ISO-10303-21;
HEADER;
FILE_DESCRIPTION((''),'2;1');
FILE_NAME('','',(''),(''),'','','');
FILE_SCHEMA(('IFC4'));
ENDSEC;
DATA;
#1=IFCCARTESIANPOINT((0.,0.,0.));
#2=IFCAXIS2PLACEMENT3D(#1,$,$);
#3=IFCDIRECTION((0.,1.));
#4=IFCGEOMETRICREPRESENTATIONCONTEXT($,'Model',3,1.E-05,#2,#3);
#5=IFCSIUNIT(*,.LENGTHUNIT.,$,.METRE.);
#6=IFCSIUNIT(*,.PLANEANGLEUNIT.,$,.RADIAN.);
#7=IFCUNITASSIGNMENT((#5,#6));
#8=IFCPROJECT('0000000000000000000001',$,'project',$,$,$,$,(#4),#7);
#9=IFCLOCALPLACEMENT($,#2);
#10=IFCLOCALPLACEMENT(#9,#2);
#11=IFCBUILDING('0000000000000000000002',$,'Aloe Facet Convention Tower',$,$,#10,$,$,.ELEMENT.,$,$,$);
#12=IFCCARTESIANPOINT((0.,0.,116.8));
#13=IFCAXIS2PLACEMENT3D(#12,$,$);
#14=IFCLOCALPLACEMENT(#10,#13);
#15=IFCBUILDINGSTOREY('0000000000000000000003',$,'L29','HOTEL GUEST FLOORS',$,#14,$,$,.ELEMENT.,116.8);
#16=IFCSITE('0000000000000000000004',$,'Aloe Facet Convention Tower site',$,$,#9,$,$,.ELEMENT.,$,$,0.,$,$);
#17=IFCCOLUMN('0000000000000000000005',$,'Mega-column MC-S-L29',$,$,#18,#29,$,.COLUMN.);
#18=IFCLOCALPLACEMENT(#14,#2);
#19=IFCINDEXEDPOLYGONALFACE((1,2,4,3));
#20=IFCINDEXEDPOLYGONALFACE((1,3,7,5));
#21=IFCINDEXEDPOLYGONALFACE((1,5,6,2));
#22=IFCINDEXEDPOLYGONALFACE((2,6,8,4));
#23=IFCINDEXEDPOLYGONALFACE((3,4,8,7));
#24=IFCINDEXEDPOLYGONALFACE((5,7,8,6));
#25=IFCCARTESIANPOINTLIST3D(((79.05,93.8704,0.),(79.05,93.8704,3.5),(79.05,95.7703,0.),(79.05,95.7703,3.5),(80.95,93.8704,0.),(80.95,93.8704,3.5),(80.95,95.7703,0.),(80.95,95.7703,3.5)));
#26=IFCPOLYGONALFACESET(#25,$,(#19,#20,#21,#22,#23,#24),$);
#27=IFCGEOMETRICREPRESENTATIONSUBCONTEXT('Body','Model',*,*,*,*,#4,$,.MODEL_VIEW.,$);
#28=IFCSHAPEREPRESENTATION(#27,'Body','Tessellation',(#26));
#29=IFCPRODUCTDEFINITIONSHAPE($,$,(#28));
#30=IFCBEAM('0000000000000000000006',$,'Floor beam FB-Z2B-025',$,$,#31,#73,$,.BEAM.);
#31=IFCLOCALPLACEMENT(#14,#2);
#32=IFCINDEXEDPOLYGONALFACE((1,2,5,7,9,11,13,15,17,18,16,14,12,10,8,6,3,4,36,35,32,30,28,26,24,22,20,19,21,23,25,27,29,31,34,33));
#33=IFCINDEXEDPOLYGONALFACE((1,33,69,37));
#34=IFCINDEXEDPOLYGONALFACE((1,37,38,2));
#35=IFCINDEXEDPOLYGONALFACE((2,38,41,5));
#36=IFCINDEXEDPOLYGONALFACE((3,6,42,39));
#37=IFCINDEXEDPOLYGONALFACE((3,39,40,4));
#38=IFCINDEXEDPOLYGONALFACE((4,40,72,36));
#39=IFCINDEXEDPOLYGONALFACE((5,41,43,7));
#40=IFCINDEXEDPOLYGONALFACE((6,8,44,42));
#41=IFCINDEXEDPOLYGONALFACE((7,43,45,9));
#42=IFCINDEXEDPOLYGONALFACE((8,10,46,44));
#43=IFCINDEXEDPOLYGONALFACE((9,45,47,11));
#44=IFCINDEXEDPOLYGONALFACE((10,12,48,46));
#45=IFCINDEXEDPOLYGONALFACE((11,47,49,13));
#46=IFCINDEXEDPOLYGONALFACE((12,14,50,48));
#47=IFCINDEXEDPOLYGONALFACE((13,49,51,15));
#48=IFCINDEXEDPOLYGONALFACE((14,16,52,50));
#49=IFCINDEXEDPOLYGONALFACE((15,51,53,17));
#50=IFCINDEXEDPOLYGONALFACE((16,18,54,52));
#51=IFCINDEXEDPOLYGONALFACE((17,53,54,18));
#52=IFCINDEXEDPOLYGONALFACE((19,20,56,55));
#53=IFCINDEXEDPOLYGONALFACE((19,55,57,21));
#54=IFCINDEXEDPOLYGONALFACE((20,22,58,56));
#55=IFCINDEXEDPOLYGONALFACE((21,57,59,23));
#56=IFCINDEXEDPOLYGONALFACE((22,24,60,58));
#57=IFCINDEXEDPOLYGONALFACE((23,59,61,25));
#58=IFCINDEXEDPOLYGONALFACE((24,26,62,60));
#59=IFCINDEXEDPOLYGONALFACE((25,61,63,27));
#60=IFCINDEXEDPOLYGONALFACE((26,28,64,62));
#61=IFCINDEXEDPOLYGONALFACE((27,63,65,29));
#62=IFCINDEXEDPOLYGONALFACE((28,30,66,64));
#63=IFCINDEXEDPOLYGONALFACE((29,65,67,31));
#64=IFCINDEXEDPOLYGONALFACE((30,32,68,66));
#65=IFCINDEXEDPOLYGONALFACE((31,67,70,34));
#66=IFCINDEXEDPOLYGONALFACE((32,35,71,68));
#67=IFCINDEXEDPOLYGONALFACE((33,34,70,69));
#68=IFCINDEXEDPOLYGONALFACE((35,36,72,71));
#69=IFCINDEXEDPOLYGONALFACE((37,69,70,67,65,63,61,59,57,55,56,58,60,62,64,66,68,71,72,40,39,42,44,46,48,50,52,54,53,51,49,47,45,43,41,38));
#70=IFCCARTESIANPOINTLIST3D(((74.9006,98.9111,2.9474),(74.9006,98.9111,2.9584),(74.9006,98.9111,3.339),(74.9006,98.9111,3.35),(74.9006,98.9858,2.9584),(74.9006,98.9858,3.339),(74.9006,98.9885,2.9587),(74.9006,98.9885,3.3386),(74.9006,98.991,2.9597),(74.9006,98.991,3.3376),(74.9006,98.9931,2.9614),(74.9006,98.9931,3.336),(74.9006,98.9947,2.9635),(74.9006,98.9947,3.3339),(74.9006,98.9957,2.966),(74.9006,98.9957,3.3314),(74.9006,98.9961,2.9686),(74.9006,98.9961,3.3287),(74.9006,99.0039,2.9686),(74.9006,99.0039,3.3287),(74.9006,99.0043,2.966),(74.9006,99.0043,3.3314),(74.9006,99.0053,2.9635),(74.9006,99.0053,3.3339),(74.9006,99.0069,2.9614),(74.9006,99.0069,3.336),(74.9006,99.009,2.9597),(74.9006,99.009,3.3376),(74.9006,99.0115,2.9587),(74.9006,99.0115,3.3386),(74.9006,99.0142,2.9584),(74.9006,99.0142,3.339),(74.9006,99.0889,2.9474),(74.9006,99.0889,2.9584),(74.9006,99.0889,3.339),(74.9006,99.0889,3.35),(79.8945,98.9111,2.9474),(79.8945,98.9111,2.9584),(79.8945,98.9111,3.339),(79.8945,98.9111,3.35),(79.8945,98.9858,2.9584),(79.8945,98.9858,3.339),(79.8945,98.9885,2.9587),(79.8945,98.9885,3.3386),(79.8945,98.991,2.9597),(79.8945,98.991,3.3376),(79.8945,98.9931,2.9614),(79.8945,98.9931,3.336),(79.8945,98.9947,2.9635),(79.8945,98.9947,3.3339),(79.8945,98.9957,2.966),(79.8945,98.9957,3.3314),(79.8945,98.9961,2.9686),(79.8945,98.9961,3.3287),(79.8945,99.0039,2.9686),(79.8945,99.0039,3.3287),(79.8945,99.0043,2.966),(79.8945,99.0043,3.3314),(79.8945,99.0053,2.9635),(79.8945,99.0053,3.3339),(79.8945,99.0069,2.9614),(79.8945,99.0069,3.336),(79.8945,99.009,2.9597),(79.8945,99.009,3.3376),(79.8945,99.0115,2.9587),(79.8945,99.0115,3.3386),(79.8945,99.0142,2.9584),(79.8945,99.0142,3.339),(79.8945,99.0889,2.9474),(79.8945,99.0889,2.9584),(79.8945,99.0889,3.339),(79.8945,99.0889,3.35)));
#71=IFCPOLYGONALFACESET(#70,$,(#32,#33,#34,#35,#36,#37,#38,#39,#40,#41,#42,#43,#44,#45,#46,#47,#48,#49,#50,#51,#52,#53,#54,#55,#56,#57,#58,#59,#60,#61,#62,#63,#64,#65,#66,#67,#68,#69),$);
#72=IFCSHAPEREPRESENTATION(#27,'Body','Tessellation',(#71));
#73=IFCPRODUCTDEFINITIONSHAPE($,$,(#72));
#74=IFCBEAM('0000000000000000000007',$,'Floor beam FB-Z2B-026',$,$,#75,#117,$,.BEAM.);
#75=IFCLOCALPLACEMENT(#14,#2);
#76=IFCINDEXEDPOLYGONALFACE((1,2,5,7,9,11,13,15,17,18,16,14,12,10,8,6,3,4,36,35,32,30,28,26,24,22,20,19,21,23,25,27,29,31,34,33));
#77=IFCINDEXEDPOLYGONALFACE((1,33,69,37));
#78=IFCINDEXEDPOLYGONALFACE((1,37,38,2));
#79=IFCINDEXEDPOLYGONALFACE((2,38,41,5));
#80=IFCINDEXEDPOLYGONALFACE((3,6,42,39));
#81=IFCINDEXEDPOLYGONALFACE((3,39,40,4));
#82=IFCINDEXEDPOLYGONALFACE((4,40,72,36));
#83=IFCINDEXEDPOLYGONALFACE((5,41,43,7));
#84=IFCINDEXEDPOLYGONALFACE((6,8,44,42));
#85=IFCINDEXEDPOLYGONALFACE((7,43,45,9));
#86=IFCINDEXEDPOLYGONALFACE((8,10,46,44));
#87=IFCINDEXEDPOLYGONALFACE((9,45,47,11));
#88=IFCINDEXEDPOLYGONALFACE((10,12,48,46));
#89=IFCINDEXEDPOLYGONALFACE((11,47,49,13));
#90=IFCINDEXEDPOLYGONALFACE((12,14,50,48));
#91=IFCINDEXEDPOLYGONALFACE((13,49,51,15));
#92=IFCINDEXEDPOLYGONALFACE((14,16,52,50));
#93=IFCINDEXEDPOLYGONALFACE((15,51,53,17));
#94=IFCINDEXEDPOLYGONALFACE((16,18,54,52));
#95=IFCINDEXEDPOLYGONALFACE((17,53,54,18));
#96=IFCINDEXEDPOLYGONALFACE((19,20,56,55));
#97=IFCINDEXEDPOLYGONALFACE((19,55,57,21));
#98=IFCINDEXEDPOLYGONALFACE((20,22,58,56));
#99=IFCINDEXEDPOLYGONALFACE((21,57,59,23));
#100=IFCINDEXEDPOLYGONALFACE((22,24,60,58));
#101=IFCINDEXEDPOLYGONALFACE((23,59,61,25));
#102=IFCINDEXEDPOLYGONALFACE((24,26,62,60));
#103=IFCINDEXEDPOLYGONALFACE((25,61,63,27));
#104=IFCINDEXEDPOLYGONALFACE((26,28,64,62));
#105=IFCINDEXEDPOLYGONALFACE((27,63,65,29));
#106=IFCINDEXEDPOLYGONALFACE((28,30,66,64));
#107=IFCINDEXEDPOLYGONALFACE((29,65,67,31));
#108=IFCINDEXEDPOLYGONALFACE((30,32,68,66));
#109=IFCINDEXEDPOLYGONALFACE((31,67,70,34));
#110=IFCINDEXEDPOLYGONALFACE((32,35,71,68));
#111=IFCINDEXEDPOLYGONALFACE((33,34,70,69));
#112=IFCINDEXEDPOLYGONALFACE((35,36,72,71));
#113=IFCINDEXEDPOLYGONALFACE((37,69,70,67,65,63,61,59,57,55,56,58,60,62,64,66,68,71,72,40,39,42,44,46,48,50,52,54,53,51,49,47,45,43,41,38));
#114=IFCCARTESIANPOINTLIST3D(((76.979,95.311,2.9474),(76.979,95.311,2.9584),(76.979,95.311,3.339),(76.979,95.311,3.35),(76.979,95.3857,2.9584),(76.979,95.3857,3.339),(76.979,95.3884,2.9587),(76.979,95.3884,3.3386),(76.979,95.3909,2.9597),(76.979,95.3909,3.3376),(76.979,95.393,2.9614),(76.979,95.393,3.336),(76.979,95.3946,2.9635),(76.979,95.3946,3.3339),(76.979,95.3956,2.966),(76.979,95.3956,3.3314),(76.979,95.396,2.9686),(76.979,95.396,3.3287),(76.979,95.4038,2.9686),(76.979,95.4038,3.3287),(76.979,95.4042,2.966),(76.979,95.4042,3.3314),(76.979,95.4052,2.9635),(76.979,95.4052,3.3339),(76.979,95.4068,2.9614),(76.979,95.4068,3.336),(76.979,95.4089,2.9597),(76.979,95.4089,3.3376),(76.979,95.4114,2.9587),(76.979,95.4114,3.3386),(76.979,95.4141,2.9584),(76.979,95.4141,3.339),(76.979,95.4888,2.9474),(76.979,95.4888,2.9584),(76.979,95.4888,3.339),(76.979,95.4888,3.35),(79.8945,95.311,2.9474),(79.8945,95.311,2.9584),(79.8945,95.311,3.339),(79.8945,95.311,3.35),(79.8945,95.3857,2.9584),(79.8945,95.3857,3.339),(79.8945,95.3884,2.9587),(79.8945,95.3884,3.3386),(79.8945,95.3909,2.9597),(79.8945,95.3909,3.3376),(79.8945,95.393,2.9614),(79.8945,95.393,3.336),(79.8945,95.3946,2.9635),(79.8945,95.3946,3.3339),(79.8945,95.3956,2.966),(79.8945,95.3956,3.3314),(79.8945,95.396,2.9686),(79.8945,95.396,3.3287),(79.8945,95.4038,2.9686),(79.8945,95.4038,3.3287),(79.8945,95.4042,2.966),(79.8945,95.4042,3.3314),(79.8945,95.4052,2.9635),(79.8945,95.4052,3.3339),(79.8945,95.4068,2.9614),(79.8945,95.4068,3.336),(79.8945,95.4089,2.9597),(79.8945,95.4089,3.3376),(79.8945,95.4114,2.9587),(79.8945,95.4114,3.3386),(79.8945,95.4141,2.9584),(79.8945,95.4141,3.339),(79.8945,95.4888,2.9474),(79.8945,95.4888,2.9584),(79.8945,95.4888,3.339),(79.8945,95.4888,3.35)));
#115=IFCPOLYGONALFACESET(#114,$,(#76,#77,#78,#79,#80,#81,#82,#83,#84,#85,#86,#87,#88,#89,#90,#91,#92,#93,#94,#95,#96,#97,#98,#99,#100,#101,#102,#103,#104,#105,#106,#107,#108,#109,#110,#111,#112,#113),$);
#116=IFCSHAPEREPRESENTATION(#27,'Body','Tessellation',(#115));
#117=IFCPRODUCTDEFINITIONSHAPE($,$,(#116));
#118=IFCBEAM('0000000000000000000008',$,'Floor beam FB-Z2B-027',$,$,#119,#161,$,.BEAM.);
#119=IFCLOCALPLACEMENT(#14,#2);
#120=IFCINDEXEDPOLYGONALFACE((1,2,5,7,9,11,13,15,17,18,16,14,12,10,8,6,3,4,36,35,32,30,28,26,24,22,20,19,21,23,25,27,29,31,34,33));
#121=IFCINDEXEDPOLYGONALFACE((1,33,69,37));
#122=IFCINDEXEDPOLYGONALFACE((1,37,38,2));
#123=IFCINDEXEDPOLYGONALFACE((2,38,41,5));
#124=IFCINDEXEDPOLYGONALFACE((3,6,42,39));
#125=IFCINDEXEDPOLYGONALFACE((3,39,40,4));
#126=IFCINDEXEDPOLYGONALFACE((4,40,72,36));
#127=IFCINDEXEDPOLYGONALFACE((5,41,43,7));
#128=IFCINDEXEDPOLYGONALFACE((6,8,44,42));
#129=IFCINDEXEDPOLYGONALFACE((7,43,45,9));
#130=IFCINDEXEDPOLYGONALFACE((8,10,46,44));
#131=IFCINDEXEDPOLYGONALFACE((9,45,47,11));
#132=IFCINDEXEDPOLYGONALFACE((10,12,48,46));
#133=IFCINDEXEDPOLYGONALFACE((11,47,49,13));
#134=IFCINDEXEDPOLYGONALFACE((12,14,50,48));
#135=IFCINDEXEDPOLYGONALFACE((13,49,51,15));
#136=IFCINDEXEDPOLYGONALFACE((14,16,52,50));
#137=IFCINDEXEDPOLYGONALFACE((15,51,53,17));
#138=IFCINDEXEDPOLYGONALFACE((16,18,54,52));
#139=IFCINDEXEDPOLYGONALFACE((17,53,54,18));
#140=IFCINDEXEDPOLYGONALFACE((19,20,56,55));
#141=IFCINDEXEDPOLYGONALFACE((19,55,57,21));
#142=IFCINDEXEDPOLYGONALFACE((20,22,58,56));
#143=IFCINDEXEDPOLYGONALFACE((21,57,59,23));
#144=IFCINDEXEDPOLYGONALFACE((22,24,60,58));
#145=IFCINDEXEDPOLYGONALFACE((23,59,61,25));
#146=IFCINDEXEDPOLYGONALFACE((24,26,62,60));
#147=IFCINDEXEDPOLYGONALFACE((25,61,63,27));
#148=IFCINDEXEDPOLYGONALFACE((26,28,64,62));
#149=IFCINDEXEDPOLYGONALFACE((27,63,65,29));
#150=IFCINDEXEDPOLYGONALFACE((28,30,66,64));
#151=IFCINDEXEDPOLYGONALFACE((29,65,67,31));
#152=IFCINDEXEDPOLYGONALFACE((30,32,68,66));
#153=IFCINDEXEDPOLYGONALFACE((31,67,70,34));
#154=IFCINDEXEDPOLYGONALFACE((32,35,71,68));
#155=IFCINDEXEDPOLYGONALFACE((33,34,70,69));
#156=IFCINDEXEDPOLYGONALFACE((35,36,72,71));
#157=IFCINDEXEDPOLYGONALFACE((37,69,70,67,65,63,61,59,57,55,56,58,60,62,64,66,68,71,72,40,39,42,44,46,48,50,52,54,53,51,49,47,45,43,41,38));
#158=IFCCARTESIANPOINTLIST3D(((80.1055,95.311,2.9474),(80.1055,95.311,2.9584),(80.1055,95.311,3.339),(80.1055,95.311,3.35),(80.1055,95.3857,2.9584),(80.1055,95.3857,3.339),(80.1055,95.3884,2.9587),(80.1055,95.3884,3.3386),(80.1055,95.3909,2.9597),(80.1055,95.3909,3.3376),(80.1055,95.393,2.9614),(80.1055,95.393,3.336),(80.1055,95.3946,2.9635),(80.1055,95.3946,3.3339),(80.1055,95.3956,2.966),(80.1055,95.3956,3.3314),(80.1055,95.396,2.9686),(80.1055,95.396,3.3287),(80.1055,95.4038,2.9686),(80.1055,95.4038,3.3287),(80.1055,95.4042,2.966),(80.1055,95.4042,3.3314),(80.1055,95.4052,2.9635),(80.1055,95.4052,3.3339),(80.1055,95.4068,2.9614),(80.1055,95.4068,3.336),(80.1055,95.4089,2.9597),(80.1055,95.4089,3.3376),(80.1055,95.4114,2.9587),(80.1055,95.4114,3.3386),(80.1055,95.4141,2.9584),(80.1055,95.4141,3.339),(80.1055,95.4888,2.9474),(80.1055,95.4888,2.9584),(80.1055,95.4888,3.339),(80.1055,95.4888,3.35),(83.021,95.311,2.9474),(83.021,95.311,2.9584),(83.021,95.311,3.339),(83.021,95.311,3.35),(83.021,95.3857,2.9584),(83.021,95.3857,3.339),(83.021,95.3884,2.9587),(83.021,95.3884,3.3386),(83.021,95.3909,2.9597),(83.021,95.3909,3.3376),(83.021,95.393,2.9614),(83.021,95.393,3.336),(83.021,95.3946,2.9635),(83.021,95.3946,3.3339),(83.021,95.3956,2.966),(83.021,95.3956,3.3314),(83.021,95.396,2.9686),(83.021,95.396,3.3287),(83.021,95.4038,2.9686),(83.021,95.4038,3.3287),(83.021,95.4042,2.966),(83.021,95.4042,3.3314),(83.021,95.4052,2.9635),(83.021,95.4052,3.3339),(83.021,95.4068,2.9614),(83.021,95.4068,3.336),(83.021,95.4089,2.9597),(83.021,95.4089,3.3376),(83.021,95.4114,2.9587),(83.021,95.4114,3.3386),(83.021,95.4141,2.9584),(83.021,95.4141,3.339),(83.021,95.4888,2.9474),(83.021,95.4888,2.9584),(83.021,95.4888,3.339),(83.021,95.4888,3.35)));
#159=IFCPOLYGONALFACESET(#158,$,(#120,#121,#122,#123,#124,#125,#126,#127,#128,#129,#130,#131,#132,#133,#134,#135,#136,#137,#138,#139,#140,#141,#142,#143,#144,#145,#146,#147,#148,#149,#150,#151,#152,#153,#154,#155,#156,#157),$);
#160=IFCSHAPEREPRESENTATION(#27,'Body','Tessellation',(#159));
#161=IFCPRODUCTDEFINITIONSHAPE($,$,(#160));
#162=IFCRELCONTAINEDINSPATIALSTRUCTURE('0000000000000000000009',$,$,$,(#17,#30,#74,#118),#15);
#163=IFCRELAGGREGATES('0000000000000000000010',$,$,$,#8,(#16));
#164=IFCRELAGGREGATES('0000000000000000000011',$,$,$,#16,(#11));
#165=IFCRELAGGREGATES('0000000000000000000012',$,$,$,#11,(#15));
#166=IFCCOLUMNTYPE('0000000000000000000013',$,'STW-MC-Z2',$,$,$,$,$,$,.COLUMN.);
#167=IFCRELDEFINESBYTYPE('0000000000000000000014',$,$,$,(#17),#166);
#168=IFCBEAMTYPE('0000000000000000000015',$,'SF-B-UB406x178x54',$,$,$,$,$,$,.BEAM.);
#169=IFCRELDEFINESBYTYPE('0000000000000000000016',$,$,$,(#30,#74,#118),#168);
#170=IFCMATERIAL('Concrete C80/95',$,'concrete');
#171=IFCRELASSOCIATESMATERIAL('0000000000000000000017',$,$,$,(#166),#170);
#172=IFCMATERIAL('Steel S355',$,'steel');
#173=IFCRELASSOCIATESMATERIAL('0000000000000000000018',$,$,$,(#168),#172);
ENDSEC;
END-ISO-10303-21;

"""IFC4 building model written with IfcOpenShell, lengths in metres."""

from ifc_helpers import new_model, si_unit, direction, frame, origin, origin_2d, place, context, subcontext, project, spatial, rectangle, i_section, extrude, material, material_profile, profile_set, type_object, element, save


model = new_model("IFC4")

# Units and contexts
model_context = context("Model", 3, precision=1e-05, world=origin(), true_north=direction((0.0, 1.0)))
body_context = subcontext(model_context, "Body", "Model", "MODEL_VIEW")
ifc_project = project(units=[si_unit("LENGTHUNIT", "METRE"), si_unit("PLANEANGLEUNIT", "RADIAN")], contexts=[model_context])

# Site, building, storey
site_placement = place(None, origin())
site = spatial("IfcSite", under=ifc_project, at=site_placement, Name="Aloe Facet Convention Tower site", CompositionType="ELEMENT", RefElevation=0.0)
building_placement = place(site_placement, origin())
building = spatial("IfcBuilding", under=site, at=building_placement, Name="Aloe Facet Convention Tower", CompositionType="ELEMENT")
storey_placement = place(building_placement, frame((0.0, 0.0, 116.8)))
storey = spatial("IfcBuildingStorey", under=building, at=storey_placement, Name="L29", Description="HOTEL GUEST FLOORS", CompositionType="ELEMENT", Elevation=116.8)

# Column
ifc_material_1 = material(Name="Concrete C80/95", Category="concrete")
ifc_material_profile_1 = material_profile(ifc_material_1, rectangle(XDim=1.8999, YDim=1.8999, at=origin_2d()), Name="STW-MC-Z2")
ifc_profile_set_1 = profile_set([ifc_material_profile_1], Name="Concrete C80/95")
column_type = type_object("IfcColumnType", Name="STW-MC-Z2", PredefinedType="COLUMN", material=ifc_profile_set_1)
column_placement = place(storey_placement, frame((80.0, 94.8203, 0.0), z_axis=(0.0, 0.0, 1.0), x_axis=(1.0, 0.0, 0.0)))
element("IfcColumn", 1, at=column_placement, inside=storey, type_object=column_type, Name="Mega-column MC-S-L29", PredefinedType="COLUMN", context=body_context, shape_type="SweptSolid", body=[
    extrude(rectangle(XDim=1.8999, YDim=1.8999, at=origin_2d()), origin(), (0.0, 0.0, 1.0), 3.5),
])

# Beams
ifc_material_2 = material(Name="Steel S355", Category="steel")
ifc_material_profile_2 = material_profile(ifc_material_2, i_section(OverallWidth=0.1777, OverallDepth=0.4026, WebThickness=0.0078, FlangeThickness=0.011, FilletRadius=0.0103, at=origin_2d()), Name="UB 406x178x54")
ifc_profile_set_2 = profile_set([ifc_material_profile_2], Name="Steel S355")
beam_type_1 = type_object("IfcBeamType", Name="SF-B-UB406x178x54", PredefinedType="BEAM", material=ifc_profile_set_2)
beam_1_placement = place(storey_placement, frame((74.9006, 99.0, 3.1487), z_axis=(1.0, 0.0, 0.0), x_axis=(0.0, 1.0, 0.0)))
element("IfcBeam", 2, at=beam_1_placement, inside=storey, type_object=beam_type_1, Name="Floor beam FB-Z2B-025", PredefinedType="BEAM", context=body_context, shape_type="SweptSolid", body=[
    extrude(i_section(OverallWidth=0.1777, OverallDepth=0.4026, WebThickness=0.0078, FlangeThickness=0.011, FilletRadius=0.0103, at=origin_2d()), origin(), (0.0, 0.0, 1.0), 4.9939),
])
for number, where, z_axis, x_axis, name in (
    (3, (76.979, 95.3999, 3.1487), (1.0, 0.0, 0.0), (0.0, 1.0, 0.0), "Floor beam FB-Z2B-026"),
    (4, (80.1055, 95.3999, 3.1487), (1.0, 0.0, 0.0), (0.0, 1.0, 0.0), "Floor beam FB-Z2B-027"),
):
    element("IfcBeam", number, at=place(storey_placement, frame(where, z_axis=z_axis, x_axis=x_axis)), inside=storey, type_object=beam_type_1, Name=name, PredefinedType="BEAM", context=body_context, shape_type="SweptSolid", body=[
        extrude(i_section(OverallWidth=0.1777, OverallDepth=0.4026, WebThickness=0.0078, FlangeThickness=0.011, FilletRadius=0.0103, at=origin_2d()), origin(), (0.0, 0.0, 1.0), 2.9155),
    ])

save(model, "model.ifc")
